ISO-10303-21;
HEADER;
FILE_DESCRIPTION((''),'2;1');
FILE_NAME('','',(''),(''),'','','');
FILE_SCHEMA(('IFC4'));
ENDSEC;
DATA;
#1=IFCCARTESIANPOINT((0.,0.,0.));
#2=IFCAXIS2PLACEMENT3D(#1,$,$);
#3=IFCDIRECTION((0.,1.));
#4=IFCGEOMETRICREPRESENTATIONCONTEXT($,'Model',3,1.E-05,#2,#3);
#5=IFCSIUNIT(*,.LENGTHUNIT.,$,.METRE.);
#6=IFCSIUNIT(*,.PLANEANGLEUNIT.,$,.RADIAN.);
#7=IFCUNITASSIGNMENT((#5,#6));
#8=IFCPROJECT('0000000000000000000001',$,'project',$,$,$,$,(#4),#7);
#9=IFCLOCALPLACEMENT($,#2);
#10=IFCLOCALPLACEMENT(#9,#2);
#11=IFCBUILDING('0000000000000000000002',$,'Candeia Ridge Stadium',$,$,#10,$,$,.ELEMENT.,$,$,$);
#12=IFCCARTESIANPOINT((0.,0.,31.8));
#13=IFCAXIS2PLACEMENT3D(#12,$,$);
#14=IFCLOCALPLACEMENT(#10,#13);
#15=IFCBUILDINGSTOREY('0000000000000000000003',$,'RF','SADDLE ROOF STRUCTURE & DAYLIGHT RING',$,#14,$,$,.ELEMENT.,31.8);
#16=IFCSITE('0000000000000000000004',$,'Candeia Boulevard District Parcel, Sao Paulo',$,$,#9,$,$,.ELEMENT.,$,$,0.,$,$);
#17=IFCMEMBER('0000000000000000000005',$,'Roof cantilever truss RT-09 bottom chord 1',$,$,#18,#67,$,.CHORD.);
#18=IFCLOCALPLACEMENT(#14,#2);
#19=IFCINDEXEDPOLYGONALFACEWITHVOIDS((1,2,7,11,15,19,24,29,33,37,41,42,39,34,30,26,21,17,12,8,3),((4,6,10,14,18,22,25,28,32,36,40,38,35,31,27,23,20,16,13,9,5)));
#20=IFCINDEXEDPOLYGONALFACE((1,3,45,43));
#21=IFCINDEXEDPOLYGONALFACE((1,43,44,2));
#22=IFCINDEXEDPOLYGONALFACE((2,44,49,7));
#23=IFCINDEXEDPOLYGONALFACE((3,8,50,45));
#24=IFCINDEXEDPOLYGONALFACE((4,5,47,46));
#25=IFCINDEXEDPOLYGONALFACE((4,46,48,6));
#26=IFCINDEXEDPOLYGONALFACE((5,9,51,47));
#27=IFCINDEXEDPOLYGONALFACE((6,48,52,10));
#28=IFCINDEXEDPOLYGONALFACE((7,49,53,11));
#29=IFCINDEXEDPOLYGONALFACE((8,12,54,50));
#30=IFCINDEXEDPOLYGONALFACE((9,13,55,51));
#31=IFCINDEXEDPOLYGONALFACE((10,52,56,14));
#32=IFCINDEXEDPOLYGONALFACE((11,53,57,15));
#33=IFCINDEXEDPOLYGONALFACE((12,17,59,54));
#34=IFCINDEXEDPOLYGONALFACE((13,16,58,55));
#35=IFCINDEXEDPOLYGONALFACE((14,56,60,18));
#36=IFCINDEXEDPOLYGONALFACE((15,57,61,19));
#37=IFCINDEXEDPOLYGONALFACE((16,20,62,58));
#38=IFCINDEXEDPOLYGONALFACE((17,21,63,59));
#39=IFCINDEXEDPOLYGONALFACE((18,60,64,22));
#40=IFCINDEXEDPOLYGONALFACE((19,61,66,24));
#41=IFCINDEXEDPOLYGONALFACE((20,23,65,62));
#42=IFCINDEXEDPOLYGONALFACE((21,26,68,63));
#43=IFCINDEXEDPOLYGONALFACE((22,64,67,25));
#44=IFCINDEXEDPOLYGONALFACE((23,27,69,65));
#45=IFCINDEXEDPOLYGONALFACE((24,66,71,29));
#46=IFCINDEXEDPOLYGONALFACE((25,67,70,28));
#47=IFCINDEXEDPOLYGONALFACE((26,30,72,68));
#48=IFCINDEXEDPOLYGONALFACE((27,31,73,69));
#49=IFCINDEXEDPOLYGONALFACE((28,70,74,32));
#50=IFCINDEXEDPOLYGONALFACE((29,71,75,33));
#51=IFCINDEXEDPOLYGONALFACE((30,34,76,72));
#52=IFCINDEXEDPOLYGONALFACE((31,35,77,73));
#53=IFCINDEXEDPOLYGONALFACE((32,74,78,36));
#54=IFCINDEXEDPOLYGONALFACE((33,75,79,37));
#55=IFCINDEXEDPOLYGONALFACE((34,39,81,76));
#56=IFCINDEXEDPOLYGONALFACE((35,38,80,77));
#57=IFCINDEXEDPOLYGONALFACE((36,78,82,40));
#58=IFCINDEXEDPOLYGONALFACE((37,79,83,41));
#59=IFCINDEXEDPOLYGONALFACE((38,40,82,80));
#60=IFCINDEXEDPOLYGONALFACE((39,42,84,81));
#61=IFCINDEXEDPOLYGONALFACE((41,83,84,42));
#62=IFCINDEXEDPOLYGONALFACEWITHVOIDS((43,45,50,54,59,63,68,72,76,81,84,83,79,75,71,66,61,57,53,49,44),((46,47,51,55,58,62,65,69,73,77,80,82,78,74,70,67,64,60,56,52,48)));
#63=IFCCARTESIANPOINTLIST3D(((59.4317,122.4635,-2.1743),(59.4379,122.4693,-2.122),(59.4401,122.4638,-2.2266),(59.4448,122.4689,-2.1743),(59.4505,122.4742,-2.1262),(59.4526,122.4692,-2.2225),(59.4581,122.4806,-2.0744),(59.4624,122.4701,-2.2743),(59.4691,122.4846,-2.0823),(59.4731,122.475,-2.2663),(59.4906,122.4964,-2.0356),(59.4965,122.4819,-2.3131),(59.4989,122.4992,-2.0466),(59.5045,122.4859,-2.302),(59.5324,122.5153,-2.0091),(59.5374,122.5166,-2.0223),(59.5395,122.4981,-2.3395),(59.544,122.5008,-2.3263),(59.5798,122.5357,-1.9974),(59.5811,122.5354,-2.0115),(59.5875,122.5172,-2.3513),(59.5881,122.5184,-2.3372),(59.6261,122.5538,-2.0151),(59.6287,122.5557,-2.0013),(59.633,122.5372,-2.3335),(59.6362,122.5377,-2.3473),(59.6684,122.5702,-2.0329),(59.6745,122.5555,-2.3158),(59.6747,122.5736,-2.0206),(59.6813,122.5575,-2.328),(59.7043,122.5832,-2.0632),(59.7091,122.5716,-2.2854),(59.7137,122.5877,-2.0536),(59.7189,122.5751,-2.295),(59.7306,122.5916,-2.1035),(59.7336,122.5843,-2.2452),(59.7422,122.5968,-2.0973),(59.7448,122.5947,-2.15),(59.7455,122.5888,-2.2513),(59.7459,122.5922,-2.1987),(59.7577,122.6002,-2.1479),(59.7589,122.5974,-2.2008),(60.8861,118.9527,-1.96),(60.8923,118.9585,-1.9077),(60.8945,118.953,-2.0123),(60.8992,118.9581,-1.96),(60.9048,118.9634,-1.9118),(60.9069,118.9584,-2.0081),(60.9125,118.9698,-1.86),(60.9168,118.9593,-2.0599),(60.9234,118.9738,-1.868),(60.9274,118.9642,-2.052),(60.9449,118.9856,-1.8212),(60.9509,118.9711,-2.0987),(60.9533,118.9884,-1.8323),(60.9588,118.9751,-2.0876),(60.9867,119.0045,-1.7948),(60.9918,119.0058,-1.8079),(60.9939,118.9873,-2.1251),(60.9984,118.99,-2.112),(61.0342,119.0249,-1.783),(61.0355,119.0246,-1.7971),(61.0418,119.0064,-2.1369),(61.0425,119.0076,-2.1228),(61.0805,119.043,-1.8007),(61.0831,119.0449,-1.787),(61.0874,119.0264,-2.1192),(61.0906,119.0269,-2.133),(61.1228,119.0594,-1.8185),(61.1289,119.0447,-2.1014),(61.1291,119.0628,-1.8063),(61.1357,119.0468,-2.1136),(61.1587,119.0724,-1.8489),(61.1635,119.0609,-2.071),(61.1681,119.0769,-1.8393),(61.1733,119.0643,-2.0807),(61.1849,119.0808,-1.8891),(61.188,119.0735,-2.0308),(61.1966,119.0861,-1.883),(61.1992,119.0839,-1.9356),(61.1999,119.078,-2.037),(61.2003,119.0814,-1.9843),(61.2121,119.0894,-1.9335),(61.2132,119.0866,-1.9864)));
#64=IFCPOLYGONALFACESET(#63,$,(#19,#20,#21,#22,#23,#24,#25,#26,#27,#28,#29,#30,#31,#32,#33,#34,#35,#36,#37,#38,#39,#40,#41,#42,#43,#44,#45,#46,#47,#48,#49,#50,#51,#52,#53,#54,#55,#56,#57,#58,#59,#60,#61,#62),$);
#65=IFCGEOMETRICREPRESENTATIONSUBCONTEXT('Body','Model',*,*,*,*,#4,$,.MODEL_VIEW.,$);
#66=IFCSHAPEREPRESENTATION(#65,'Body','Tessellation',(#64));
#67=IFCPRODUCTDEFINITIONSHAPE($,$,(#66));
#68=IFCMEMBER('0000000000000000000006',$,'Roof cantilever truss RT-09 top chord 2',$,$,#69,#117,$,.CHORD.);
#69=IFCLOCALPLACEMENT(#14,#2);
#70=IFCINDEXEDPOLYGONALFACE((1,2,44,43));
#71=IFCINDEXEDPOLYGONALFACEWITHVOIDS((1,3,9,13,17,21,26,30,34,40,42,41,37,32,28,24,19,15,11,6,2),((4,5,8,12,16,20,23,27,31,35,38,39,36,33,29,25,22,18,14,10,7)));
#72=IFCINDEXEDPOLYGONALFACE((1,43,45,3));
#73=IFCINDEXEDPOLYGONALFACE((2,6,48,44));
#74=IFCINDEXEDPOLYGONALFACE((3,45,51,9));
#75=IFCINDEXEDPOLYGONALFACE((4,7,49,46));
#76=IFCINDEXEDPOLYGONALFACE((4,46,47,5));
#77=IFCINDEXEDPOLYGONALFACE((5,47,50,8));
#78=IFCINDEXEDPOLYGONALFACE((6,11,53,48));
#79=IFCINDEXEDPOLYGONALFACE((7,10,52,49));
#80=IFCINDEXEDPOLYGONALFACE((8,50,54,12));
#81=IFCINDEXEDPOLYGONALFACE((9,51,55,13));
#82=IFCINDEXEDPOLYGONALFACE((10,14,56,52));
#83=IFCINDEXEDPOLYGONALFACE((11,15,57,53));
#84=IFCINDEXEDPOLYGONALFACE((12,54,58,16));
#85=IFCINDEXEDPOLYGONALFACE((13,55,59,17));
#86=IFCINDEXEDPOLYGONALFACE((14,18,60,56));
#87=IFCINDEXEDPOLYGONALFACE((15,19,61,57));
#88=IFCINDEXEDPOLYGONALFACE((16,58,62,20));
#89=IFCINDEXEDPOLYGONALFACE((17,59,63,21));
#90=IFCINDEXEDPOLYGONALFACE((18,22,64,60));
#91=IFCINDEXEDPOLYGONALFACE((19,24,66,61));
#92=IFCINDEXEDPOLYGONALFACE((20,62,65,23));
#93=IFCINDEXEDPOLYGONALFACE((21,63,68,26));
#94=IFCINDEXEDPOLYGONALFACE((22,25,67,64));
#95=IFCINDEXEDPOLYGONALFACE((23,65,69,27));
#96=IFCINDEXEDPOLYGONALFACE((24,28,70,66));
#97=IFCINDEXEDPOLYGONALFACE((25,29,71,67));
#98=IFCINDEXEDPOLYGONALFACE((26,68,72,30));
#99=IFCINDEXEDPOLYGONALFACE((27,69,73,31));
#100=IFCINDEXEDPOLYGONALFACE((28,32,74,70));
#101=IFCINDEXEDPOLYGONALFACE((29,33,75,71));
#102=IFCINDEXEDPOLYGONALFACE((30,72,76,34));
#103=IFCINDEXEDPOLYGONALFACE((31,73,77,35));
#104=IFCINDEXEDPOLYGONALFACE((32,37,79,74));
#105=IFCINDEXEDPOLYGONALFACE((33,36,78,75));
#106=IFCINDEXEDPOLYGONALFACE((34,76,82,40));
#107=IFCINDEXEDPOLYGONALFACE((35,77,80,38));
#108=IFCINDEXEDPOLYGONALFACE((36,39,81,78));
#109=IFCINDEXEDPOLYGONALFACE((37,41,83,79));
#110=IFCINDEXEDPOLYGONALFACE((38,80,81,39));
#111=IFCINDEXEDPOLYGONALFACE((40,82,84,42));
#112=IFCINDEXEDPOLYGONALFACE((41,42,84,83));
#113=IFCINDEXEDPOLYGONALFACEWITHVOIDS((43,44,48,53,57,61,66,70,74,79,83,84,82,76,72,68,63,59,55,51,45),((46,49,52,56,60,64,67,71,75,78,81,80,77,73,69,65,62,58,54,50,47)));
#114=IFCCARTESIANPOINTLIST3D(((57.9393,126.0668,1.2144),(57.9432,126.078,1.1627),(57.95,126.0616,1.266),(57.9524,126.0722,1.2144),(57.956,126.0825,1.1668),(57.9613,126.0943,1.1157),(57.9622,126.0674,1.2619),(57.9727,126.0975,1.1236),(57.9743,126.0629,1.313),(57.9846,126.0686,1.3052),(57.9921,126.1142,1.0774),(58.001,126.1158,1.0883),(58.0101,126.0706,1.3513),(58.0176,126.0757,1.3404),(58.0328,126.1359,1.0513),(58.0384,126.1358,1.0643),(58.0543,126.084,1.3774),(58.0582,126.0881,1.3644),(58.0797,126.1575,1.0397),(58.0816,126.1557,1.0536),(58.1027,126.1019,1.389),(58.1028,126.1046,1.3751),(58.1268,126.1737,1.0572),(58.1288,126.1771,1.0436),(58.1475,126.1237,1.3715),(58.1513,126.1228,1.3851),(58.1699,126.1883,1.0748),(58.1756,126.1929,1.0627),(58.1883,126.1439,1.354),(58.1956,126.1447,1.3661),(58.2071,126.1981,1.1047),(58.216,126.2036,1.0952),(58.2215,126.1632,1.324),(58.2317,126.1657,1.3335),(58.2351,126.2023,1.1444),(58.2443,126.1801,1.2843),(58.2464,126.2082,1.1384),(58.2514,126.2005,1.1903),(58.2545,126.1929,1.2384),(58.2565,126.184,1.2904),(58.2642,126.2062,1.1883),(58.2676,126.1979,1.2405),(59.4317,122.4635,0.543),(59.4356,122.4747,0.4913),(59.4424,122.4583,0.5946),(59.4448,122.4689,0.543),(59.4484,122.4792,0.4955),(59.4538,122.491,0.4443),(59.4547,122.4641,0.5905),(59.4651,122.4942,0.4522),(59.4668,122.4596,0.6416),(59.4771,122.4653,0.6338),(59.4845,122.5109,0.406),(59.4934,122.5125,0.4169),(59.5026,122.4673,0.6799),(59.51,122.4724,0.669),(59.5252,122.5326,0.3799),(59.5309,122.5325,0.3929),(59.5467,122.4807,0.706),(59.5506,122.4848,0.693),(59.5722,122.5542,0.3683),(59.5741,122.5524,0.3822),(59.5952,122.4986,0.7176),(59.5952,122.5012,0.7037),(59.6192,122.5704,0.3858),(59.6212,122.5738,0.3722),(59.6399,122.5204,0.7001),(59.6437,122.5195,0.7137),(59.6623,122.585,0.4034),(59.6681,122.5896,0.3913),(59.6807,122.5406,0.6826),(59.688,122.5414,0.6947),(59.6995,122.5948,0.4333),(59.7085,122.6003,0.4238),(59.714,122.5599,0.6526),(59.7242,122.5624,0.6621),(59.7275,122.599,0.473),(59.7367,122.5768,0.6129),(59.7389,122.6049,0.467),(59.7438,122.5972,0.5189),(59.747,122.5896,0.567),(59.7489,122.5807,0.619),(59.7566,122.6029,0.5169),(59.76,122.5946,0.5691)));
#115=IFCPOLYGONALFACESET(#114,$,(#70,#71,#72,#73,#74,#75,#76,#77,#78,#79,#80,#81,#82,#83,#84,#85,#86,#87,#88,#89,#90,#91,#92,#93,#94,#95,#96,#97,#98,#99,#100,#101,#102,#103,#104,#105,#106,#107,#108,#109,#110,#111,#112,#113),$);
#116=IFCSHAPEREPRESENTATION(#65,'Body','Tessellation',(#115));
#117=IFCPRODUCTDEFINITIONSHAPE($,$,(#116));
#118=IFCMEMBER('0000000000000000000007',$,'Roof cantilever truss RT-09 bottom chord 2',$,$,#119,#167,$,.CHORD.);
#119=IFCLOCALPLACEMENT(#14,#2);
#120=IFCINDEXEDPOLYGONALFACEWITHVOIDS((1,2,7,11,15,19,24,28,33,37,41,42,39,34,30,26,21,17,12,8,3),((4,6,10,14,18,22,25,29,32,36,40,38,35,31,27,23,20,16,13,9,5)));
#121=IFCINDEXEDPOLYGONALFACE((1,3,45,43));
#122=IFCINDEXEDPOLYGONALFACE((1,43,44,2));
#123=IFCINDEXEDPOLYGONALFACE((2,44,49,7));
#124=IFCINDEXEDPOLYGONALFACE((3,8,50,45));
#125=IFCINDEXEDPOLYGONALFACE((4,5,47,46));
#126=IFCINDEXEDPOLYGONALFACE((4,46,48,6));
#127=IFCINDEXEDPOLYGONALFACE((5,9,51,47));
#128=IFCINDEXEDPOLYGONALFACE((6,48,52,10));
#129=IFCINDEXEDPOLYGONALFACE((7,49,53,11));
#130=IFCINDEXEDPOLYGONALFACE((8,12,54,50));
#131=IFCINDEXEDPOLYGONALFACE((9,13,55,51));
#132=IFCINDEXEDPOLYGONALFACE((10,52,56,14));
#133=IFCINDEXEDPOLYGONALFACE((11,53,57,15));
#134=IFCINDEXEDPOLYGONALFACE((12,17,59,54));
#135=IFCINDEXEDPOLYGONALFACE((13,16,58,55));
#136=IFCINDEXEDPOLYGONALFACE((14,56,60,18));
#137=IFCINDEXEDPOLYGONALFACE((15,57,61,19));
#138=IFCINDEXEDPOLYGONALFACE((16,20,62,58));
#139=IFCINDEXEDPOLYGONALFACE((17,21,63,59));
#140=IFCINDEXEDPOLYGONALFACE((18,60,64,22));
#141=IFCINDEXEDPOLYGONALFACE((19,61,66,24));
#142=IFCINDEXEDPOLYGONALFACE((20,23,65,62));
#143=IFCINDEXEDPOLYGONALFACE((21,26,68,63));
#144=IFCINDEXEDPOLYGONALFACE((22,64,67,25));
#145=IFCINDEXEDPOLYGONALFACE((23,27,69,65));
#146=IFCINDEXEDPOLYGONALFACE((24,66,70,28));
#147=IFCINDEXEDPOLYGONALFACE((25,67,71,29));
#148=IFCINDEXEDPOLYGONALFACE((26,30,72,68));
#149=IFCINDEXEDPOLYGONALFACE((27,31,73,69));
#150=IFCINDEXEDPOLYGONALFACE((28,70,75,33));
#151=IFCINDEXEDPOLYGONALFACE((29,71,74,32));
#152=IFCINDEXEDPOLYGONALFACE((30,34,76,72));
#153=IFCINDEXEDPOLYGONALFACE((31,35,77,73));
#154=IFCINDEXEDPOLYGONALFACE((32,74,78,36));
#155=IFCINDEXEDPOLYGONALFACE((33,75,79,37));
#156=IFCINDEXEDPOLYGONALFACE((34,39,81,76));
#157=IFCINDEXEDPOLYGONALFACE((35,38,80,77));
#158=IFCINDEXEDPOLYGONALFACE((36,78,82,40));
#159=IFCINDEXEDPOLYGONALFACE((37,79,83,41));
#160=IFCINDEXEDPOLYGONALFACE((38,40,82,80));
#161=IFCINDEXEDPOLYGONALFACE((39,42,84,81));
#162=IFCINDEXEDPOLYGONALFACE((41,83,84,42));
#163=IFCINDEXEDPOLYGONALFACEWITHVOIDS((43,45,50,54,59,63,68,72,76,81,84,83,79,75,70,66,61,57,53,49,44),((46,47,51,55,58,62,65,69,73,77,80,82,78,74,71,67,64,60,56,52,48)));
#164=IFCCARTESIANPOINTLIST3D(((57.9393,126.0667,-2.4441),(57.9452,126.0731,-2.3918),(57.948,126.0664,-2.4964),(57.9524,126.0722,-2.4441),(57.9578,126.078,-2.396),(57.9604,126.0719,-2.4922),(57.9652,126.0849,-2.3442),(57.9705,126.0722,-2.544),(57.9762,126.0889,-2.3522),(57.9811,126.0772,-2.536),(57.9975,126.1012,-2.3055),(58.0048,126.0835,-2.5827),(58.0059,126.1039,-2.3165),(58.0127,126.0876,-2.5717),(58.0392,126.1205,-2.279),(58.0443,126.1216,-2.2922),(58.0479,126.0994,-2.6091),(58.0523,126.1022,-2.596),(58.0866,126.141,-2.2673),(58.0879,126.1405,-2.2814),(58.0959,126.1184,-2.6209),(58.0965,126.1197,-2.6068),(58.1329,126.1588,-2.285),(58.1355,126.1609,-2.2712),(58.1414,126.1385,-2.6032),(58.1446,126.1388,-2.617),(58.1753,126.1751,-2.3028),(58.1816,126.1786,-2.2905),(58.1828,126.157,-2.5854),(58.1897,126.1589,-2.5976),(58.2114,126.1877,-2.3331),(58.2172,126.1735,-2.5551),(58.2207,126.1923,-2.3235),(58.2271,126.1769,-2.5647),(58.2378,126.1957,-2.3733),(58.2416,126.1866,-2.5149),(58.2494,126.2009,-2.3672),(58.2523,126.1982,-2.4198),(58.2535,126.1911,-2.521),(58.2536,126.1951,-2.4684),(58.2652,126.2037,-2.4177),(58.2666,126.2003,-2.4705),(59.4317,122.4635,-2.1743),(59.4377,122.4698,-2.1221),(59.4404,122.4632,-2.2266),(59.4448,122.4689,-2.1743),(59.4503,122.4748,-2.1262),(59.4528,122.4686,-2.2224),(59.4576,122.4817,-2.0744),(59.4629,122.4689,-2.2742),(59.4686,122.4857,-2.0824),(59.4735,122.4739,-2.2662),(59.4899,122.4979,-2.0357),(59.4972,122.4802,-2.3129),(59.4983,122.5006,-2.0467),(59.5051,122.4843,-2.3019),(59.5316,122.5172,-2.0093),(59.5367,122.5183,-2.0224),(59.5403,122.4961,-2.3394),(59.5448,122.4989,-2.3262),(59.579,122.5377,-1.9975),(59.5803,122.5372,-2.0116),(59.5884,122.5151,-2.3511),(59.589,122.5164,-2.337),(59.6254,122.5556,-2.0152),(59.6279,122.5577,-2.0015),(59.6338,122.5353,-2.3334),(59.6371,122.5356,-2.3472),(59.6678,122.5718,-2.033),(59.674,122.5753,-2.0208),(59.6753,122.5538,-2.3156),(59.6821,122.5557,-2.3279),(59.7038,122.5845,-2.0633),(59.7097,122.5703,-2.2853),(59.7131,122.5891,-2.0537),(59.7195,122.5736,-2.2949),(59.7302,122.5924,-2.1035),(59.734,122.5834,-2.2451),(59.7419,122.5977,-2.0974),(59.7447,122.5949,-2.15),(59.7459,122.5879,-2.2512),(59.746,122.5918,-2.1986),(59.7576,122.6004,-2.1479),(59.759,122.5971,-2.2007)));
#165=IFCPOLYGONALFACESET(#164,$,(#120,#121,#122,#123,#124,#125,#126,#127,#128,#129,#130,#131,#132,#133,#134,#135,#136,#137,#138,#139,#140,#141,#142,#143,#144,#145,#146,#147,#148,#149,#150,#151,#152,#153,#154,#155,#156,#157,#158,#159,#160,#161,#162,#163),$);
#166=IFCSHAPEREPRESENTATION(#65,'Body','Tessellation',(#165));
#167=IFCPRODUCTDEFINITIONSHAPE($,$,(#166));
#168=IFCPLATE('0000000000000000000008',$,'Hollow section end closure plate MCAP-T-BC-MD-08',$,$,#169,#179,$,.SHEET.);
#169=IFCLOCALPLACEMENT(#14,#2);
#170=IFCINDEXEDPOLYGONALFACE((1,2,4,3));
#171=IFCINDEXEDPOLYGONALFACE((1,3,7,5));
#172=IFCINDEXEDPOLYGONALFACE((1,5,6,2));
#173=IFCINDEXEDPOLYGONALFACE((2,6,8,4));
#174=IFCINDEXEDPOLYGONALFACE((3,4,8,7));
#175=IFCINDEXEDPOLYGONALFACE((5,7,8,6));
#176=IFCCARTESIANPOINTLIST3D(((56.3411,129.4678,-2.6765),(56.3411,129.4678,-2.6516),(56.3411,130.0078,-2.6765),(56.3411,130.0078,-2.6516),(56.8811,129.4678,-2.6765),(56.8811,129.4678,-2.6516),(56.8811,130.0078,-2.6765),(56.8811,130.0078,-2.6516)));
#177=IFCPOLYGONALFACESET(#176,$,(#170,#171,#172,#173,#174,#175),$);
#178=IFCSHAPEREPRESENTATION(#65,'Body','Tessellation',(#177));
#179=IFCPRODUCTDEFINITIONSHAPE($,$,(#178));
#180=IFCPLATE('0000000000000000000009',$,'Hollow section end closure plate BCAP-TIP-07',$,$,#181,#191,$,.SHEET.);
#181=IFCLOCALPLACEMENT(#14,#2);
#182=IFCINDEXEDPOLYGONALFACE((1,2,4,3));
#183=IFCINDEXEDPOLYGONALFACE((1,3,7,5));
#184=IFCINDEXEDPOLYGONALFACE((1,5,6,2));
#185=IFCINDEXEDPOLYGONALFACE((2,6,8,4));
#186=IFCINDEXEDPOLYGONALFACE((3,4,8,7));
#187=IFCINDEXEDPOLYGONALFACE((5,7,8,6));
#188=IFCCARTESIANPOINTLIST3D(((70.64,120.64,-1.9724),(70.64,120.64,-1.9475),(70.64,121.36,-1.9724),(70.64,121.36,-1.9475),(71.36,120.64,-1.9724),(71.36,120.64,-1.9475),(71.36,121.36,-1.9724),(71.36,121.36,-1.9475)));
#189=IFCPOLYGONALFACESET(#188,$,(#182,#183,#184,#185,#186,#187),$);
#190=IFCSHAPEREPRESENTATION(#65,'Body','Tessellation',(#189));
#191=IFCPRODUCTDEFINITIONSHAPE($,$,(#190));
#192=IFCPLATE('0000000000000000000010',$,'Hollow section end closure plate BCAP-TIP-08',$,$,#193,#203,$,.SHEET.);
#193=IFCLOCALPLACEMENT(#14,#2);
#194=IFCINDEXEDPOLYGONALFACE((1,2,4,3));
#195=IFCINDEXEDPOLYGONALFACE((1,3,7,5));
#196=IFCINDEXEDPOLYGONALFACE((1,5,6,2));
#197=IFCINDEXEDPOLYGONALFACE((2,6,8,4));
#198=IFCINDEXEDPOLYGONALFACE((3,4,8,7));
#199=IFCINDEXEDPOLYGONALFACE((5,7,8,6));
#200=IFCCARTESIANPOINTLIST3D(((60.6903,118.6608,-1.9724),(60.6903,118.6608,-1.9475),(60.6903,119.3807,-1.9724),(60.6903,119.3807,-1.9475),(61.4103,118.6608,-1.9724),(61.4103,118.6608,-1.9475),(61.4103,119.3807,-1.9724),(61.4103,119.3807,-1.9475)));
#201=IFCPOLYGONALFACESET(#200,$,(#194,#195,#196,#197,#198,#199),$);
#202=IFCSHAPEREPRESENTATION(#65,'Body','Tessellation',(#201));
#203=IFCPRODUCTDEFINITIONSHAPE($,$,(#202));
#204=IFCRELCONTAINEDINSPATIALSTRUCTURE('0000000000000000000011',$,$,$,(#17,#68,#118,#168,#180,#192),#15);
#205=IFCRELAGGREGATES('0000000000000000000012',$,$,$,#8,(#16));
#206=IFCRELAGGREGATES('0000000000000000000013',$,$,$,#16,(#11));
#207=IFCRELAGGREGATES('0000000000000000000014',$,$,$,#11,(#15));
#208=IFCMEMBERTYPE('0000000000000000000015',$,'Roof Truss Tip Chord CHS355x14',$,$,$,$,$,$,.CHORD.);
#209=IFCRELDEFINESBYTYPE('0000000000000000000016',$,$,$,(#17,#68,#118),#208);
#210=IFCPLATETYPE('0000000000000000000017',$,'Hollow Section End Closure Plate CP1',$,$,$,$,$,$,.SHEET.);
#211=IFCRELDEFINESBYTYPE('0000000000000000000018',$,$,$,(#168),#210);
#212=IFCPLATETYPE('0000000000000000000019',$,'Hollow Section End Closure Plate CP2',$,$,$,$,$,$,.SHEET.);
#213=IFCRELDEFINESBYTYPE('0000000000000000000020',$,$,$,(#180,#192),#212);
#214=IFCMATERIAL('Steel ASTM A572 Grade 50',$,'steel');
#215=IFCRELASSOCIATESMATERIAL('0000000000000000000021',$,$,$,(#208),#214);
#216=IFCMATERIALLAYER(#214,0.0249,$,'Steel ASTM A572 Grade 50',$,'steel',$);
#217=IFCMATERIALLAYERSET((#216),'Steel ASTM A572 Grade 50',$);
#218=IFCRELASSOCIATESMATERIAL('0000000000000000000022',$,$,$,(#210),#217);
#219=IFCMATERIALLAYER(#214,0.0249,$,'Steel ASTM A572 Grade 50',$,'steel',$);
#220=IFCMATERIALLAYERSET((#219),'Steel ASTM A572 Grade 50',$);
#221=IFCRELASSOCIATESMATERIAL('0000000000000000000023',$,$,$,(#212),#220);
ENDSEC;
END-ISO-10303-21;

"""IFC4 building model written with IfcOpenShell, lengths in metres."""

from ifc_helpers import new_model, si_unit, direction, frame, origin, origin_2d, place, context, subcontext, project, spatial, rectangle, hollow_circle, extrude, material, layer, layer_set, material_profile, profile_set, type_object, element, save


model = new_model("IFC4")

# Units and contexts
model_context = context("Model", 3, precision=1e-05, world=origin(), true_north=direction((0.0, 1.0)))
body_context = subcontext(model_context, "Body", "Model", "MODEL_VIEW")
ifc_project = project(units=[si_unit("LENGTHUNIT", "METRE"), si_unit("PLANEANGLEUNIT", "RADIAN")], contexts=[model_context])

# Site, building, storey
site_placement = place(None, origin())
site = spatial("IfcSite", under=ifc_project, at=site_placement, Name="Candeia Boulevard District Parcel, Sao Paulo", CompositionType="ELEMENT", RefElevation=0.0)
building_placement = place(site_placement, origin())
building = spatial("IfcBuilding", under=site, at=building_placement, Name="Candeia Ridge Stadium", CompositionType="ELEMENT")
storey_placement = place(building_placement, frame((0.0, 0.0, 31.8)))
storey = spatial("IfcBuildingStorey", under=building, at=storey_placement, Name="RF", Description="SADDLE ROOF STRUCTURE & DAYLIGHT RING", CompositionType="ELEMENT", Elevation=31.8)

# Shared definitions
ifc_material_1 = material(Name="Steel ASTM A572 Grade 50", Category="steel")

# Members
ifc_material_profile_1 = material_profile(ifc_material_1, hollow_circle(Radius=0.1777, WallThickness=0.0142, at=origin_2d()), Name="CHS355x14", Category="steel")
ifc_profile_set_1 = profile_set([ifc_material_profile_1], Name="Steel ASTM A572 Grade 50")
member_type_1 = type_object("IfcMemberType", Name="Roof Truss Tip Chord CHS355x14", PredefinedType="CHORD", material=ifc_profile_set_1)
member_1_placement = place(storey_placement, frame((61.0503, 119.0208, -1.96), z_axis=(-0.382109, 0.922399, -0.056319), x_axis=(-0.923866, -0.382717, 0.0)))
element("IfcMember", 1, at=member_1_placement, inside=storey, type_object=member_type_1, Name="Roof cantilever truss RT-09 bottom chord 1", PredefinedType="CHORD", context=body_context, shape_type="SweptSolid", body=[
    extrude(hollow_circle(Radius=0.1777, WallThickness=0.0142, at=origin_2d()), origin(), (0.0, 0.0, 1.0), 3.8062),
])
member_2_placement = place(storey_placement, frame((59.5959, 122.5315, 0.543), z_axis=(-0.377116, 0.910496, 0.16965), x_axis=(-0.923888, -0.382663, 0.0)))
element("IfcMember", 2, at=member_2_placement, inside=storey, type_object=member_type_1, Name="Roof cantilever truss RT-09 top chord 2", PredefinedType="CHORD", context=body_context, shape_type="SweptSolid", body=[
    extrude(hollow_circle(Radius=0.1777, WallThickness=0.0142, at=origin_2d()), origin(), (0.0, 0.0, 1.0), 3.9575),
])
member_3_placement = place(storey_placement, frame((59.5959, 122.5315, -2.1743), z_axis=(-0.381751, 0.921686, -0.069006), x_axis=(-0.923888, -0.382663, 0.0)))
element("IfcMember", 3, at=member_3_placement, inside=storey, type_object=member_type_1, Name="Roof cantilever truss RT-09 bottom chord 2", PredefinedType="CHORD", context=body_context, shape_type="SweptSolid", body=[
    extrude(hollow_circle(Radius=0.1777, WallThickness=0.0142, at=origin_2d()), origin(), (0.0, 0.0, 1.0), 3.9094),
])

# Plates
ifc_layer_1 = layer(ifc_material_1, 0.0249, Name="Steel ASTM A572 Grade 50", Category="steel")
ifc_layer_set_1 = layer_set([ifc_layer_1], Name="Steel ASTM A572 Grade 50")
plate_type_1 = type_object("IfcPlateType", Name="Hollow Section End Closure Plate CP1", PredefinedType="SHEET", material=ifc_layer_set_1)
plate_1_placement = place(storey_placement, frame((56.6111, 129.7378, -2.6765), z_axis=(0.0, 0.0, 1.0), x_axis=(1.0, 0.0, 0.0)))
element("IfcPlate", 4, at=plate_1_placement, inside=storey, type_object=plate_type_1, Name="Hollow section end closure plate MCAP-T-BC-MD-08", PredefinedType="SHEET", context=body_context, shape_type="SweptSolid", body=[
    extrude(rectangle(XDim=0.54, YDim=0.54, at=origin_2d()), origin(), (0.0, 0.0, 1.0), 0.0249),
])
ifc_layer_2 = layer(ifc_material_1, 0.0249, Name="Steel ASTM A572 Grade 50", Category="steel")
ifc_layer_set_2 = layer_set([ifc_layer_2], Name="Steel ASTM A572 Grade 50")
plate_type_2 = type_object("IfcPlateType", Name="Hollow Section End Closure Plate CP2", PredefinedType="SHEET", material=ifc_layer_set_2)
for number, where, z_axis, x_axis, name in (
    (5, (71.0, 121.0, -1.9724), (0.0, 0.0, 1.0), (1.0, 0.0, 0.0), "Hollow section end closure plate BCAP-TIP-07"),
    (6, (61.0503, 119.0208, -1.9724), (0.0, 0.0, 1.0), (1.0, 0.0, 0.0), "Hollow section end closure plate BCAP-TIP-08"),
):
    element("IfcPlate", number, at=place(storey_placement, frame(where, z_axis=z_axis, x_axis=x_axis)), inside=storey, type_object=plate_type_2, Name=name, PredefinedType="SHEET", context=body_context, shape_type="SweptSolid", body=[
        extrude(rectangle(XDim=0.72, YDim=0.72, at=origin_2d()), origin(), (0.0, 0.0, 1.0), 0.0249),
    ])

save(model, "model.ifc")
